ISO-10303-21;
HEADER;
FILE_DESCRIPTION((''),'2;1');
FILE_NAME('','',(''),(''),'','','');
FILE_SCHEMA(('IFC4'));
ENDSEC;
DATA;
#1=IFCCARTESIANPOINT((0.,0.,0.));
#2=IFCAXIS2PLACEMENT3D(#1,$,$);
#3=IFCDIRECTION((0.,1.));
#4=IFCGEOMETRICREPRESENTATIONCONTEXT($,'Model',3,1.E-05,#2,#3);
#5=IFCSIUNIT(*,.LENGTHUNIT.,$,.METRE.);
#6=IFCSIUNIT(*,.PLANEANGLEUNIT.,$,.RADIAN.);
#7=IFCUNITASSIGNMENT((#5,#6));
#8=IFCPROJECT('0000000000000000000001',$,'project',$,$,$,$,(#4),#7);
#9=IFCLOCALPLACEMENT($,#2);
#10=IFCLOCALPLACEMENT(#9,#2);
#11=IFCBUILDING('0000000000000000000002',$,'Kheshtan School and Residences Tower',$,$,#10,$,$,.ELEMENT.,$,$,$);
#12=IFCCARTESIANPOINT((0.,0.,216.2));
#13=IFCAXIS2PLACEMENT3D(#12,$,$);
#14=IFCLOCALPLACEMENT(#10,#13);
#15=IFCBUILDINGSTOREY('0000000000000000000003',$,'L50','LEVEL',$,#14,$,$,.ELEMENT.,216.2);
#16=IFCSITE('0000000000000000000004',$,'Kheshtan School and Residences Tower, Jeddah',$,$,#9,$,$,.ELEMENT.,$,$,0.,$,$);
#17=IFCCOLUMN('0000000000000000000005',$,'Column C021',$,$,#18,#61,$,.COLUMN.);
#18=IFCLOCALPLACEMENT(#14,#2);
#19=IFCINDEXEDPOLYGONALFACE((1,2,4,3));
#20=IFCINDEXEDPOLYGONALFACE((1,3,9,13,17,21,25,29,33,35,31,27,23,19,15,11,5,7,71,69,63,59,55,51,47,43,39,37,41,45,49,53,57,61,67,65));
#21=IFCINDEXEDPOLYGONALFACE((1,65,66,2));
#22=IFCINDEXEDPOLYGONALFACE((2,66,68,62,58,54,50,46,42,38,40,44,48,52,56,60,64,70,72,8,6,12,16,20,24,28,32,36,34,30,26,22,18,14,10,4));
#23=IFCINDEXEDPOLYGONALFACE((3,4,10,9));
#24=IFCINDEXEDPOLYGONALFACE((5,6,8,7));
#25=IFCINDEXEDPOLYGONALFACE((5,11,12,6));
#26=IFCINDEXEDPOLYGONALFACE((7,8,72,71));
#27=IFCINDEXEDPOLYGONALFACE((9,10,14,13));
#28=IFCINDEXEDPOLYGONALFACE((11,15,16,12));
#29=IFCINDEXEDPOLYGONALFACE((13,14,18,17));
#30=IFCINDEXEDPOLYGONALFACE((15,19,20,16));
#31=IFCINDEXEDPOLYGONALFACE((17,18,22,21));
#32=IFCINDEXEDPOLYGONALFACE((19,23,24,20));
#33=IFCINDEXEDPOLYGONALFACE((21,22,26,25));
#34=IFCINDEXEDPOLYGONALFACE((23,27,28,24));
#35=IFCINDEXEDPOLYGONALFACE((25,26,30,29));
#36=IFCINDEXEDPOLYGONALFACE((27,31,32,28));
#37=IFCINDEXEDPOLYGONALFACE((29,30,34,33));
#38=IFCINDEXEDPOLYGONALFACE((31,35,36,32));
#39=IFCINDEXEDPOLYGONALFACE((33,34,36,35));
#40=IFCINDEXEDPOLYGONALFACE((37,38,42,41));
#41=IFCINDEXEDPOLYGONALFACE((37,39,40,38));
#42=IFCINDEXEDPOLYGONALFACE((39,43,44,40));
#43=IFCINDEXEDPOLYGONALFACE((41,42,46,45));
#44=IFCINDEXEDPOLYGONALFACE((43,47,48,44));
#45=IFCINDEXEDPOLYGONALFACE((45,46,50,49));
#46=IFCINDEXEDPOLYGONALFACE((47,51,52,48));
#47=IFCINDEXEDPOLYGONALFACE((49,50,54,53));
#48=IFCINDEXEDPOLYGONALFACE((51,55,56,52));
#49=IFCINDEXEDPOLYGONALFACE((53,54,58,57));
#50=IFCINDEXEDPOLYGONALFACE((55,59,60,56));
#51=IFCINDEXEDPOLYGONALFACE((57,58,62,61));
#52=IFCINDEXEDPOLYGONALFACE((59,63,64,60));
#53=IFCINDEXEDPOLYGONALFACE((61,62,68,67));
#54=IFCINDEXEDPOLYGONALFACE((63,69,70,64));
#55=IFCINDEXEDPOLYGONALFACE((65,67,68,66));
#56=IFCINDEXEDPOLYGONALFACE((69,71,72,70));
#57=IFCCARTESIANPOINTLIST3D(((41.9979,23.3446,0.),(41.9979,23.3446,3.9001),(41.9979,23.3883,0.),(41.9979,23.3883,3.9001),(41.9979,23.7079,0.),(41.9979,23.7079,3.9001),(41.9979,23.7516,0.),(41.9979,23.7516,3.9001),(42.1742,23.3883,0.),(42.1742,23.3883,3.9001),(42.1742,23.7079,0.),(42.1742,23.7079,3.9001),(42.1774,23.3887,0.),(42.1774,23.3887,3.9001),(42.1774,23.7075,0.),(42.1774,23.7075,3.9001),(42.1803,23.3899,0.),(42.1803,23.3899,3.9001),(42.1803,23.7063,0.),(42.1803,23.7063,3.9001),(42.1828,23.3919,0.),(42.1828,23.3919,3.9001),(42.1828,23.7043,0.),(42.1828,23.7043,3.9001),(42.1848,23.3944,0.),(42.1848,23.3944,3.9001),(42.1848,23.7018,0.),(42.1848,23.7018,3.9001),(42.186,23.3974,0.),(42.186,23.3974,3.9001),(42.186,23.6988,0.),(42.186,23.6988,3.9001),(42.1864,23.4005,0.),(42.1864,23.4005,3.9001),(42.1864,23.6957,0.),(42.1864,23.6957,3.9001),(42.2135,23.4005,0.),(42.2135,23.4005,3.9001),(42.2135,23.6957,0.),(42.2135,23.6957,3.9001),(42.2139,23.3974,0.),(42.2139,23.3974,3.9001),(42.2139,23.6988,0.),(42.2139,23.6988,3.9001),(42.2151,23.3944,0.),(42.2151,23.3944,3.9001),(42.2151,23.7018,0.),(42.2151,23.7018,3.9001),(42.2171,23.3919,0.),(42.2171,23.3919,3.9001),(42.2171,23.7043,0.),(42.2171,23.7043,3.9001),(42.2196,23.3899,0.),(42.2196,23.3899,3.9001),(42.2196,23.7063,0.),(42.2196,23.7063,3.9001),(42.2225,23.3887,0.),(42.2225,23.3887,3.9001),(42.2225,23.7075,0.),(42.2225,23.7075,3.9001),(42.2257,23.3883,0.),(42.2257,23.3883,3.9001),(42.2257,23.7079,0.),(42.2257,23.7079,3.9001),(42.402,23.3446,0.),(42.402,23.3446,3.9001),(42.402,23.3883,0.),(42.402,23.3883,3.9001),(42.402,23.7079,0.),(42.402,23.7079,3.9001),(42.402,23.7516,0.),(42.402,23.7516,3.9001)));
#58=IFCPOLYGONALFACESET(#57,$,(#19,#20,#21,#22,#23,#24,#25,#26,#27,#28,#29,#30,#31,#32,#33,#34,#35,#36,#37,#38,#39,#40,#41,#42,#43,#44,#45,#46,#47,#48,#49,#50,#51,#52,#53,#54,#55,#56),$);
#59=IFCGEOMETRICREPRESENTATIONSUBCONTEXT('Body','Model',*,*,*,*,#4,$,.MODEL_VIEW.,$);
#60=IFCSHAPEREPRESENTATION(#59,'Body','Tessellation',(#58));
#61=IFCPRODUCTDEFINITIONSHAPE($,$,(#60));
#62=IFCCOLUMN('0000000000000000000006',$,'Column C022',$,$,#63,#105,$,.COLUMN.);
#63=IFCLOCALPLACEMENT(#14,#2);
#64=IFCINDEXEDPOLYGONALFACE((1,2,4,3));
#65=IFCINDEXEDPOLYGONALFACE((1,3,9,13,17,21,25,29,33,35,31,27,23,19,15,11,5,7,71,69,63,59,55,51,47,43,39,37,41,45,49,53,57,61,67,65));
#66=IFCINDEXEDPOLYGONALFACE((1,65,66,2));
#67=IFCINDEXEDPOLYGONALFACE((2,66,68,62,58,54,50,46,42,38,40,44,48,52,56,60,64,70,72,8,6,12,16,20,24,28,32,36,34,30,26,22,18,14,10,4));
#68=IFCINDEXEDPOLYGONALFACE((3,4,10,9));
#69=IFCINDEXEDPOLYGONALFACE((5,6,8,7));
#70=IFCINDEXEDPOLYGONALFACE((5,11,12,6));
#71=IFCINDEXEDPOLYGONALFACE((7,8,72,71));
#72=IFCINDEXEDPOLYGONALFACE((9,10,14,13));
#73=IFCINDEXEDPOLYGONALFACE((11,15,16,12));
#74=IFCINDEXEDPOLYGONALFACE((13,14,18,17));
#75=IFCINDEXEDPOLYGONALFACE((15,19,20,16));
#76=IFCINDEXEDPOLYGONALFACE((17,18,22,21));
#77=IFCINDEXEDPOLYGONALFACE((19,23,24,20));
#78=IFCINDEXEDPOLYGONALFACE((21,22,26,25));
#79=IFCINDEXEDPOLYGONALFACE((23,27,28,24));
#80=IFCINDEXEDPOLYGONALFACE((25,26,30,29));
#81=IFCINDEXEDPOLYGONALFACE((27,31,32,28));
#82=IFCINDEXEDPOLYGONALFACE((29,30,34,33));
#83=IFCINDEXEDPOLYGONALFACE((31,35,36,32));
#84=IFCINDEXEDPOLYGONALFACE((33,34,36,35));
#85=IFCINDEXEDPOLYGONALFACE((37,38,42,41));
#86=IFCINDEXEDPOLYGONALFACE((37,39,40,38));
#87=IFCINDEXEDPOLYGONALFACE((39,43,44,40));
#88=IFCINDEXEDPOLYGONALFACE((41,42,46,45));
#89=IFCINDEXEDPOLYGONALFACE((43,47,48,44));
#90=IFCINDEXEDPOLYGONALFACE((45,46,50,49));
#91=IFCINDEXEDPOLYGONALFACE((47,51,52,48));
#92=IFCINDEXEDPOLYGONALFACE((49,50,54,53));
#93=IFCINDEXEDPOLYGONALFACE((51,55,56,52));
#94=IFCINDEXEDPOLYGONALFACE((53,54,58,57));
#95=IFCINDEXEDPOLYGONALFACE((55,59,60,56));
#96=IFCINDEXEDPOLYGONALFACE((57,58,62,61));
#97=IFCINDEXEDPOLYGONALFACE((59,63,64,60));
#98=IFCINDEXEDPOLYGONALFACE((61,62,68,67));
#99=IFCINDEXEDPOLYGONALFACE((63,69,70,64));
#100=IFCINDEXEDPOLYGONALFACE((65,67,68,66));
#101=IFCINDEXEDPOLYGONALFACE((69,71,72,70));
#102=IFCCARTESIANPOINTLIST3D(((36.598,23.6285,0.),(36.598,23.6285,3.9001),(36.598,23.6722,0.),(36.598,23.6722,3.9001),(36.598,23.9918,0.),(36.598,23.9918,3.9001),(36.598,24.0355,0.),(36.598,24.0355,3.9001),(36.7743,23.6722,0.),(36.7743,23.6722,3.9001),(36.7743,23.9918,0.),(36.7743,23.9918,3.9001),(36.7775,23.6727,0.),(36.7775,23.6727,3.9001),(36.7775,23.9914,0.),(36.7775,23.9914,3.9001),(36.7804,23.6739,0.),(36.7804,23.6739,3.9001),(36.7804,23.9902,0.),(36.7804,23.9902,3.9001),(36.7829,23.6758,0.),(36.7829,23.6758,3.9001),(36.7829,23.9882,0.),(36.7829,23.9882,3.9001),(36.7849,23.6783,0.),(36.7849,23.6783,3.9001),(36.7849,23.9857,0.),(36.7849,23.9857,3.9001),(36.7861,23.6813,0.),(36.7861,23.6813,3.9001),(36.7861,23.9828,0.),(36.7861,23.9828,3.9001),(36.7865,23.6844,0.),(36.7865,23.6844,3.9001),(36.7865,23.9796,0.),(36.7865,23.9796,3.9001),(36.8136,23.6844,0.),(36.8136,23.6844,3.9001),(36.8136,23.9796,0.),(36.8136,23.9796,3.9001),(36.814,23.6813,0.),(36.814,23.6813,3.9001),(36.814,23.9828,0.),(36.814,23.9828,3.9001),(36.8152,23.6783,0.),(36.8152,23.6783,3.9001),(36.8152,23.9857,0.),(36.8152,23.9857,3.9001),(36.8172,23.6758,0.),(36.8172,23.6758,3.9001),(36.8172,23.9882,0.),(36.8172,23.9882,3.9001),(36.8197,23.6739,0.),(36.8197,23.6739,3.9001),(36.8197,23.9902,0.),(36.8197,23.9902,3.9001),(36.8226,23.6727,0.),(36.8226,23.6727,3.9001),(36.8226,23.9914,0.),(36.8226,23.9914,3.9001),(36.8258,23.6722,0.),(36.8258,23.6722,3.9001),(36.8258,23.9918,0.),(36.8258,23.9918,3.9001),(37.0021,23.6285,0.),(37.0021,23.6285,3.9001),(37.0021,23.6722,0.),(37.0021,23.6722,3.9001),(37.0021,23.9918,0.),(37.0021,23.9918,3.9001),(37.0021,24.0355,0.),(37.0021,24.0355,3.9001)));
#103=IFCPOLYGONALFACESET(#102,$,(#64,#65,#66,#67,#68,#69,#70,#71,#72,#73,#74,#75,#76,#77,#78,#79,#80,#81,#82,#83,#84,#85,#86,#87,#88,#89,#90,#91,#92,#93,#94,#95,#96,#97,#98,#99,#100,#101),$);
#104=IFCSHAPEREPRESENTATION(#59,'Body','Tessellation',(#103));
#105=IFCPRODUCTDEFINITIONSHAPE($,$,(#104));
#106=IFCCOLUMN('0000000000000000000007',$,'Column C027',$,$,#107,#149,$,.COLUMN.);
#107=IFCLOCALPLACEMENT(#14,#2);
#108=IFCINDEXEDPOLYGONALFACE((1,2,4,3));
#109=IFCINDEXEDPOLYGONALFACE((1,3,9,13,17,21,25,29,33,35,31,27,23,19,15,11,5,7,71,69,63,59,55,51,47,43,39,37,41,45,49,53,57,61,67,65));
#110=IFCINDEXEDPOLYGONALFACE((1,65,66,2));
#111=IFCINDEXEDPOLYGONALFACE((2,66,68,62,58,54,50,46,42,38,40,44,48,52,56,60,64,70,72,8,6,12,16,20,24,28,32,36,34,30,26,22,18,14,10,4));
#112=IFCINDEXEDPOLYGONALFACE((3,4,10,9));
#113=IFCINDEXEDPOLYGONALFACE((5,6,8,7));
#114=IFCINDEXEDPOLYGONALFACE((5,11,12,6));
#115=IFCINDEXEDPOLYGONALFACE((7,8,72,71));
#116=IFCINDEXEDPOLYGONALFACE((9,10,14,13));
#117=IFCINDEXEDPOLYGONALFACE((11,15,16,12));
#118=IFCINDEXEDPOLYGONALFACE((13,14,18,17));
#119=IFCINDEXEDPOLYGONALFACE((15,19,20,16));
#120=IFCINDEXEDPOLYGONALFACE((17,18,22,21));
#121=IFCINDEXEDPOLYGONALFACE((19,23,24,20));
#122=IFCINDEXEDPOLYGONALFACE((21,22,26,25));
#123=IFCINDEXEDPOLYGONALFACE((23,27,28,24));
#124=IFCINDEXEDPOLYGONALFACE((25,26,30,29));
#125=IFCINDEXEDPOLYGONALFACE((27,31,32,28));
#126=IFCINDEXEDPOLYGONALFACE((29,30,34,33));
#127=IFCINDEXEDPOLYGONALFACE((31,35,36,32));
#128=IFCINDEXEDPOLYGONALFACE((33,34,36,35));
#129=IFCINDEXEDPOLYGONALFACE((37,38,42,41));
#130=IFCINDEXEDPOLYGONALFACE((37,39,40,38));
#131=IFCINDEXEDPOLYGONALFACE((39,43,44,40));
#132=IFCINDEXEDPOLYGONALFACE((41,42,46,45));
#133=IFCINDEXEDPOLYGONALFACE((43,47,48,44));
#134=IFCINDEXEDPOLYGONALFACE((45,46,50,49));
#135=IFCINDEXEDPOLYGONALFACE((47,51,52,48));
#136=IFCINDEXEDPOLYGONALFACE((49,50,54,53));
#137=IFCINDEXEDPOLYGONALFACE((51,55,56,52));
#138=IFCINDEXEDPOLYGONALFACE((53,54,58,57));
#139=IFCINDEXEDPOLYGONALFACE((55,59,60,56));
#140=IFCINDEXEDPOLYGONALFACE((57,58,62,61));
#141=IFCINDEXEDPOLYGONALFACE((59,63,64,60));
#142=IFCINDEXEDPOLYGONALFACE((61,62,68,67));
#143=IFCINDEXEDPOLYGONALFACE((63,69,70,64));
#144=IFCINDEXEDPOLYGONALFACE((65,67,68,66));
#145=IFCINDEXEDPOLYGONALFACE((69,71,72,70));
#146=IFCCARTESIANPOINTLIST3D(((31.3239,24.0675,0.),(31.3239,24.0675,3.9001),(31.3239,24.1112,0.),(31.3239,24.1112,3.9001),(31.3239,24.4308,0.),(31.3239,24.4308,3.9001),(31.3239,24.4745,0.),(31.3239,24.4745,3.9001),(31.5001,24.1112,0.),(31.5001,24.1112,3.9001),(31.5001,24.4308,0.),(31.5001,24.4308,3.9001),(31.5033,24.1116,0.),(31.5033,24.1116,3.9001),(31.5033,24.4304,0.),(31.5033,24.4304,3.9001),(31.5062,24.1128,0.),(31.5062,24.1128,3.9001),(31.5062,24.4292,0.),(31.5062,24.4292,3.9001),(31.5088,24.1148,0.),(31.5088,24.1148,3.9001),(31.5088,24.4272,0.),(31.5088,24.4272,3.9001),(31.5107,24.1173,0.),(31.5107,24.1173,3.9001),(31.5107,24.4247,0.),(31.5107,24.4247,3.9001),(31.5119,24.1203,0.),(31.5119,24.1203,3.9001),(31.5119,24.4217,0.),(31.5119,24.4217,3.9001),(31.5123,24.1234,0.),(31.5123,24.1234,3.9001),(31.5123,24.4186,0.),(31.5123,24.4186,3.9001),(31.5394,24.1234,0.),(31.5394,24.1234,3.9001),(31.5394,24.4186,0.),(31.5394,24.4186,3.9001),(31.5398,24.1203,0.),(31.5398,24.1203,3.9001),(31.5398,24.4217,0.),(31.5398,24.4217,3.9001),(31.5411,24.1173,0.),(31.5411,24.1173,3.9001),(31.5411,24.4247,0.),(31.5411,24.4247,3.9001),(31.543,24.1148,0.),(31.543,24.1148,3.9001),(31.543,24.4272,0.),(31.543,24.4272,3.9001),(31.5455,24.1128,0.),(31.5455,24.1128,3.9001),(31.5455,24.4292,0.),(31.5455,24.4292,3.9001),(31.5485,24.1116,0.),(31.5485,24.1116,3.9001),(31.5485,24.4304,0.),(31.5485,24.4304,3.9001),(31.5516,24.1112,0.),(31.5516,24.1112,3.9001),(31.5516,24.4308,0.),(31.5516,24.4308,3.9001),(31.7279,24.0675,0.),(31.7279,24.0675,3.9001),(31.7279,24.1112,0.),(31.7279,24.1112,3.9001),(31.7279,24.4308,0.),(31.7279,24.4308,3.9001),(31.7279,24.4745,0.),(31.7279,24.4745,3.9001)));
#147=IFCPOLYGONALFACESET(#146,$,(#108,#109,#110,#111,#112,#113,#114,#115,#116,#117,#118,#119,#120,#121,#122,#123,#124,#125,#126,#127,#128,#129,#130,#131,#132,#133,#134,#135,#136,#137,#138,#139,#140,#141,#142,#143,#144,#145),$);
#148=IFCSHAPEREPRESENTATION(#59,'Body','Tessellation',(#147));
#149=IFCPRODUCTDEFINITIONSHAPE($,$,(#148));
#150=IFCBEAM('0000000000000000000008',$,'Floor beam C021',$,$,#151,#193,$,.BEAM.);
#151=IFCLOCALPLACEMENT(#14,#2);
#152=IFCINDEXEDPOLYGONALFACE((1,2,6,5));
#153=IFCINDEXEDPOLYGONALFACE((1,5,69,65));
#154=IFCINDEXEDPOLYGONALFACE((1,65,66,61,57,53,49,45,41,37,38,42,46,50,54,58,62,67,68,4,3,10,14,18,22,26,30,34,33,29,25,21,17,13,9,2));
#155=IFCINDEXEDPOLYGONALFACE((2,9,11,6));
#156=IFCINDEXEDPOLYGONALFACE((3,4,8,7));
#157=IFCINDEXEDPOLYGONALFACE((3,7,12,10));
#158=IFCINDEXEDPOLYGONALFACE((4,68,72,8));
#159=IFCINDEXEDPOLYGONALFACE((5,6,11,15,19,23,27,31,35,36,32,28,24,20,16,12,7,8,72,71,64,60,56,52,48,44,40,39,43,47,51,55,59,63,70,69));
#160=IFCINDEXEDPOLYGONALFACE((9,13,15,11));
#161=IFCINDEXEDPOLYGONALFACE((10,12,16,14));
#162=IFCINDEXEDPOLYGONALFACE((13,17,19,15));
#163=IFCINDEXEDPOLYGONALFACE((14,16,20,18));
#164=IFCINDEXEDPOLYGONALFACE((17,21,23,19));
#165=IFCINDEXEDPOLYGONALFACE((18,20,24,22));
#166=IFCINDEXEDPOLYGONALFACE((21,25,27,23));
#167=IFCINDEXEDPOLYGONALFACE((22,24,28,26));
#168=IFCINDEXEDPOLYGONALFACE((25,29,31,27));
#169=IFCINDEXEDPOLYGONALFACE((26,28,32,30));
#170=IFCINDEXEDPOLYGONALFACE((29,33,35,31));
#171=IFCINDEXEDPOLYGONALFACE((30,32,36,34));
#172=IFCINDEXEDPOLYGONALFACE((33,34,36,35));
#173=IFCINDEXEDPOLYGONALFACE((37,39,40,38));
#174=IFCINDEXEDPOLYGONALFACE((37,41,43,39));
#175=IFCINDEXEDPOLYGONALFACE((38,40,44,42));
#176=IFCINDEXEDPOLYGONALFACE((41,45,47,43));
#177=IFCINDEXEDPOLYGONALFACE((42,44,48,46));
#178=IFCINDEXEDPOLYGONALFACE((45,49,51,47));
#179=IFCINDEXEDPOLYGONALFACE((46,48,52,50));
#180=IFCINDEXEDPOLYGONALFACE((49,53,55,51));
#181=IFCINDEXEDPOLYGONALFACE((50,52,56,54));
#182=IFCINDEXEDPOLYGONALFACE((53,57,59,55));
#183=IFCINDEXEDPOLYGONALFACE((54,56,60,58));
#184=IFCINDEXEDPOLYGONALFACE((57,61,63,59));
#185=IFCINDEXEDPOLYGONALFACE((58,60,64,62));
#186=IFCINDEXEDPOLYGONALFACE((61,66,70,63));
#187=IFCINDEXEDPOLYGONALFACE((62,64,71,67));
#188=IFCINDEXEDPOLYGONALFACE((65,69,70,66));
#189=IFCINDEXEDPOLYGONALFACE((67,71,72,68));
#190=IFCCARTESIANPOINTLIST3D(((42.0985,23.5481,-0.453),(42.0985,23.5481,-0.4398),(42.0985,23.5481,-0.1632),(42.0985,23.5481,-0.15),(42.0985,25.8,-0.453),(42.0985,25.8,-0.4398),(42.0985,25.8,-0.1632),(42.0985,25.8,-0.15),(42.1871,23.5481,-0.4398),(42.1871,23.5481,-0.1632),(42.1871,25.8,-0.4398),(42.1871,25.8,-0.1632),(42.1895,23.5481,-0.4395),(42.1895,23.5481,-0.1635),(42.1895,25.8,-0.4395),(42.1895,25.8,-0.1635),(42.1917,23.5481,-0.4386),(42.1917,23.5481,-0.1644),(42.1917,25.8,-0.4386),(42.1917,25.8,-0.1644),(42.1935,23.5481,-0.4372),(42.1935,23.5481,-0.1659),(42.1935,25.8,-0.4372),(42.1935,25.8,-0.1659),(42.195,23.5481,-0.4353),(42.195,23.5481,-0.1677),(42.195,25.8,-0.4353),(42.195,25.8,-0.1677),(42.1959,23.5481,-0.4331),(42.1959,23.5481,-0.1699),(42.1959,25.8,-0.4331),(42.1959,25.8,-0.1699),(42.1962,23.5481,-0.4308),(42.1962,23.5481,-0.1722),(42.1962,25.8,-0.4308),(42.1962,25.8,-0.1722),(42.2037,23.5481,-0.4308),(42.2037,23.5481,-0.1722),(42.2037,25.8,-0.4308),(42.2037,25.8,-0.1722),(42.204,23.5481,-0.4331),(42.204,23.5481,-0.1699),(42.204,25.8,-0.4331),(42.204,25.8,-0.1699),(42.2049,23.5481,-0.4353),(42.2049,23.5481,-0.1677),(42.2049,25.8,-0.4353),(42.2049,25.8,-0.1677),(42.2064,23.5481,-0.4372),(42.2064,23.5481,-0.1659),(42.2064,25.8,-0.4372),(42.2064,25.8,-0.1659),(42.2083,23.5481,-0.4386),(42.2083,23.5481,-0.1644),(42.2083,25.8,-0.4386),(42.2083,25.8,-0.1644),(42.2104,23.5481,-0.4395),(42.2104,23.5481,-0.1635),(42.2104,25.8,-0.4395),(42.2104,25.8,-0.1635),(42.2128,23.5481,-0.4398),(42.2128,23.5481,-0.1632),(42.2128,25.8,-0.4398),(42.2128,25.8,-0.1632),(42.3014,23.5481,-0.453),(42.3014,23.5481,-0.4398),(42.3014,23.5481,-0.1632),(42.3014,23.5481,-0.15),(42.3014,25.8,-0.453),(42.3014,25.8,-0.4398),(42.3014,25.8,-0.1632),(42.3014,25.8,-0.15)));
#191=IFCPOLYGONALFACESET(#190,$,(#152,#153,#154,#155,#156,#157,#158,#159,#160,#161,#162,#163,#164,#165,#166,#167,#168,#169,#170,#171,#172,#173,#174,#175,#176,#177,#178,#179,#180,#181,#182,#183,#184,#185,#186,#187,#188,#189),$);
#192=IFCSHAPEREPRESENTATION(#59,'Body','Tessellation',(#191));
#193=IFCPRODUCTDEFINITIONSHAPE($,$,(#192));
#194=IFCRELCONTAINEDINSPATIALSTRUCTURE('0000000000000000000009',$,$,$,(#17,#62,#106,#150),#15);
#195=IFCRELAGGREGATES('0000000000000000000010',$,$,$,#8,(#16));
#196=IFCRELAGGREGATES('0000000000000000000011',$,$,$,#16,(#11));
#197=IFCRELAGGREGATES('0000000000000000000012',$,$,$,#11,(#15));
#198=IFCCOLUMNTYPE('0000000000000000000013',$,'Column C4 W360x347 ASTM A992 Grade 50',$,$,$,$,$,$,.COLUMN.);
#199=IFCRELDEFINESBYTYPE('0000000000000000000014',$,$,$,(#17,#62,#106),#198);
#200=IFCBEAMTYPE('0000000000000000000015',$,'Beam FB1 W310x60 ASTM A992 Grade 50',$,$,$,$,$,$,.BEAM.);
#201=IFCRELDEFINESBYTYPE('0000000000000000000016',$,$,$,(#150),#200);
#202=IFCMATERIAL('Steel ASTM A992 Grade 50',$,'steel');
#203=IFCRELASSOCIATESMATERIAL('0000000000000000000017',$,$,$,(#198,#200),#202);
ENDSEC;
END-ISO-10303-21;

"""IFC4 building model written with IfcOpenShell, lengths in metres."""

from ifc_helpers import new_model, si_unit, direction, frame, origin, origin_2d, place, context, subcontext, project, spatial, i_section, extrude, material, material_profile, profile_set, type_object, element, save


model = new_model("IFC4")

# Units and contexts
model_context = context("Model", 3, precision=1e-05, world=origin(), true_north=direction((0.0, 1.0)))
body_context = subcontext(model_context, "Body", "Model", "MODEL_VIEW")
ifc_project = project(units=[si_unit("LENGTHUNIT", "METRE"), si_unit("PLANEANGLEUNIT", "RADIAN")], contexts=[model_context])

# Site, building, storey
site_placement = place(None, origin())
site = spatial("IfcSite", under=ifc_project, at=site_placement, Name="Kheshtan School and Residences Tower, Jeddah", CompositionType="ELEMENT", RefElevation=0.0)
building_placement = place(site_placement, origin())
building = spatial("IfcBuilding", under=site, at=building_placement, Name="Kheshtan School and Residences Tower", CompositionType="ELEMENT")
storey_placement = place(building_placement, frame((0.0, 0.0, 216.2)))
storey = spatial("IfcBuildingStorey", under=building, at=storey_placement, Name="L50", Description="LEVEL", CompositionType="ELEMENT", Elevation=216.2)

# Columns
ifc_material_1 = material(Name="Steel ASTM A992 Grade 50", Category="steel")
ifc_material_profile_1 = material_profile(ifc_material_1, i_section(OverallWidth=0.4041, OverallDepth=0.407, WebThickness=0.0271, FlangeThickness=0.0437, FilletRadius=0.0122, at=origin_2d()), Name="W360x347")
ifc_profile_set_1 = profile_set([ifc_material_profile_1], Name="Steel ASTM A992 Grade 50")
column_type = type_object("IfcColumnType", Name="Column C4 W360x347 ASTM A992 Grade 50", PredefinedType="COLUMN", material=ifc_profile_set_1)
for number, where, z_axis, x_axis, name in (
    (1, (42.2, 23.5481, 0.0), (0.0, 0.0, 1.0), (1.0, 0.0, 0.0), "Column C021"),
    (2, (36.8, 23.832, 0.0), (0.0, 0.0, 1.0), (1.0, 0.0, 0.0), "Column C022"),
    (3, (31.5259, 24.271, 0.0), (0.0, 0.0, 1.0), (1.0, 0.0, 0.0), "Column C027"),
):
    element("IfcColumn", number, at=place(storey_placement, frame(where, z_axis=z_axis, x_axis=x_axis)), inside=storey, type_object=column_type, Name=name, PredefinedType="COLUMN", context=body_context, shape_type="SweptSolid", body=[
        extrude(i_section(OverallWidth=0.4041, OverallDepth=0.407, WebThickness=0.0271, FlangeThickness=0.0437, FilletRadius=0.0122, at=origin_2d()), origin(), (0.0, 0.0, 1.0), 3.9001),
    ])

# Beam
ifc_material_profile_2 = material_profile(ifc_material_1, i_section(OverallWidth=0.2029, OverallDepth=0.303, WebThickness=0.0076, FlangeThickness=0.0132, FilletRadius=0.009, at=origin_2d()), Name="W310x60")
ifc_profile_set_2 = profile_set([ifc_material_profile_2], Name="Steel ASTM A992 Grade 50")
beam_type_1 = type_object("IfcBeamType", Name="Beam FB1 W310x60 ASTM A992 Grade 50", PredefinedType="BEAM", material=ifc_profile_set_2)
beam_1_placement = place(storey_placement, frame((42.2, 23.5481, -0.3015), z_axis=(0.0, 1.0, 0.0), x_axis=(-1.0, 0.0, 0.0)))
element("IfcBeam", 4, at=beam_1_placement, inside=storey, type_object=beam_type_1, Name="Floor beam C021", PredefinedType="BEAM", context=body_context, shape_type="SweptSolid", body=[
    extrude(i_section(OverallWidth=0.2029, OverallDepth=0.303, WebThickness=0.0076, FlangeThickness=0.0132, FilletRadius=0.009, at=origin_2d()), origin(), (0.0, 0.0, 1.0), 2.252),
])

save(model, "model.ifc")
